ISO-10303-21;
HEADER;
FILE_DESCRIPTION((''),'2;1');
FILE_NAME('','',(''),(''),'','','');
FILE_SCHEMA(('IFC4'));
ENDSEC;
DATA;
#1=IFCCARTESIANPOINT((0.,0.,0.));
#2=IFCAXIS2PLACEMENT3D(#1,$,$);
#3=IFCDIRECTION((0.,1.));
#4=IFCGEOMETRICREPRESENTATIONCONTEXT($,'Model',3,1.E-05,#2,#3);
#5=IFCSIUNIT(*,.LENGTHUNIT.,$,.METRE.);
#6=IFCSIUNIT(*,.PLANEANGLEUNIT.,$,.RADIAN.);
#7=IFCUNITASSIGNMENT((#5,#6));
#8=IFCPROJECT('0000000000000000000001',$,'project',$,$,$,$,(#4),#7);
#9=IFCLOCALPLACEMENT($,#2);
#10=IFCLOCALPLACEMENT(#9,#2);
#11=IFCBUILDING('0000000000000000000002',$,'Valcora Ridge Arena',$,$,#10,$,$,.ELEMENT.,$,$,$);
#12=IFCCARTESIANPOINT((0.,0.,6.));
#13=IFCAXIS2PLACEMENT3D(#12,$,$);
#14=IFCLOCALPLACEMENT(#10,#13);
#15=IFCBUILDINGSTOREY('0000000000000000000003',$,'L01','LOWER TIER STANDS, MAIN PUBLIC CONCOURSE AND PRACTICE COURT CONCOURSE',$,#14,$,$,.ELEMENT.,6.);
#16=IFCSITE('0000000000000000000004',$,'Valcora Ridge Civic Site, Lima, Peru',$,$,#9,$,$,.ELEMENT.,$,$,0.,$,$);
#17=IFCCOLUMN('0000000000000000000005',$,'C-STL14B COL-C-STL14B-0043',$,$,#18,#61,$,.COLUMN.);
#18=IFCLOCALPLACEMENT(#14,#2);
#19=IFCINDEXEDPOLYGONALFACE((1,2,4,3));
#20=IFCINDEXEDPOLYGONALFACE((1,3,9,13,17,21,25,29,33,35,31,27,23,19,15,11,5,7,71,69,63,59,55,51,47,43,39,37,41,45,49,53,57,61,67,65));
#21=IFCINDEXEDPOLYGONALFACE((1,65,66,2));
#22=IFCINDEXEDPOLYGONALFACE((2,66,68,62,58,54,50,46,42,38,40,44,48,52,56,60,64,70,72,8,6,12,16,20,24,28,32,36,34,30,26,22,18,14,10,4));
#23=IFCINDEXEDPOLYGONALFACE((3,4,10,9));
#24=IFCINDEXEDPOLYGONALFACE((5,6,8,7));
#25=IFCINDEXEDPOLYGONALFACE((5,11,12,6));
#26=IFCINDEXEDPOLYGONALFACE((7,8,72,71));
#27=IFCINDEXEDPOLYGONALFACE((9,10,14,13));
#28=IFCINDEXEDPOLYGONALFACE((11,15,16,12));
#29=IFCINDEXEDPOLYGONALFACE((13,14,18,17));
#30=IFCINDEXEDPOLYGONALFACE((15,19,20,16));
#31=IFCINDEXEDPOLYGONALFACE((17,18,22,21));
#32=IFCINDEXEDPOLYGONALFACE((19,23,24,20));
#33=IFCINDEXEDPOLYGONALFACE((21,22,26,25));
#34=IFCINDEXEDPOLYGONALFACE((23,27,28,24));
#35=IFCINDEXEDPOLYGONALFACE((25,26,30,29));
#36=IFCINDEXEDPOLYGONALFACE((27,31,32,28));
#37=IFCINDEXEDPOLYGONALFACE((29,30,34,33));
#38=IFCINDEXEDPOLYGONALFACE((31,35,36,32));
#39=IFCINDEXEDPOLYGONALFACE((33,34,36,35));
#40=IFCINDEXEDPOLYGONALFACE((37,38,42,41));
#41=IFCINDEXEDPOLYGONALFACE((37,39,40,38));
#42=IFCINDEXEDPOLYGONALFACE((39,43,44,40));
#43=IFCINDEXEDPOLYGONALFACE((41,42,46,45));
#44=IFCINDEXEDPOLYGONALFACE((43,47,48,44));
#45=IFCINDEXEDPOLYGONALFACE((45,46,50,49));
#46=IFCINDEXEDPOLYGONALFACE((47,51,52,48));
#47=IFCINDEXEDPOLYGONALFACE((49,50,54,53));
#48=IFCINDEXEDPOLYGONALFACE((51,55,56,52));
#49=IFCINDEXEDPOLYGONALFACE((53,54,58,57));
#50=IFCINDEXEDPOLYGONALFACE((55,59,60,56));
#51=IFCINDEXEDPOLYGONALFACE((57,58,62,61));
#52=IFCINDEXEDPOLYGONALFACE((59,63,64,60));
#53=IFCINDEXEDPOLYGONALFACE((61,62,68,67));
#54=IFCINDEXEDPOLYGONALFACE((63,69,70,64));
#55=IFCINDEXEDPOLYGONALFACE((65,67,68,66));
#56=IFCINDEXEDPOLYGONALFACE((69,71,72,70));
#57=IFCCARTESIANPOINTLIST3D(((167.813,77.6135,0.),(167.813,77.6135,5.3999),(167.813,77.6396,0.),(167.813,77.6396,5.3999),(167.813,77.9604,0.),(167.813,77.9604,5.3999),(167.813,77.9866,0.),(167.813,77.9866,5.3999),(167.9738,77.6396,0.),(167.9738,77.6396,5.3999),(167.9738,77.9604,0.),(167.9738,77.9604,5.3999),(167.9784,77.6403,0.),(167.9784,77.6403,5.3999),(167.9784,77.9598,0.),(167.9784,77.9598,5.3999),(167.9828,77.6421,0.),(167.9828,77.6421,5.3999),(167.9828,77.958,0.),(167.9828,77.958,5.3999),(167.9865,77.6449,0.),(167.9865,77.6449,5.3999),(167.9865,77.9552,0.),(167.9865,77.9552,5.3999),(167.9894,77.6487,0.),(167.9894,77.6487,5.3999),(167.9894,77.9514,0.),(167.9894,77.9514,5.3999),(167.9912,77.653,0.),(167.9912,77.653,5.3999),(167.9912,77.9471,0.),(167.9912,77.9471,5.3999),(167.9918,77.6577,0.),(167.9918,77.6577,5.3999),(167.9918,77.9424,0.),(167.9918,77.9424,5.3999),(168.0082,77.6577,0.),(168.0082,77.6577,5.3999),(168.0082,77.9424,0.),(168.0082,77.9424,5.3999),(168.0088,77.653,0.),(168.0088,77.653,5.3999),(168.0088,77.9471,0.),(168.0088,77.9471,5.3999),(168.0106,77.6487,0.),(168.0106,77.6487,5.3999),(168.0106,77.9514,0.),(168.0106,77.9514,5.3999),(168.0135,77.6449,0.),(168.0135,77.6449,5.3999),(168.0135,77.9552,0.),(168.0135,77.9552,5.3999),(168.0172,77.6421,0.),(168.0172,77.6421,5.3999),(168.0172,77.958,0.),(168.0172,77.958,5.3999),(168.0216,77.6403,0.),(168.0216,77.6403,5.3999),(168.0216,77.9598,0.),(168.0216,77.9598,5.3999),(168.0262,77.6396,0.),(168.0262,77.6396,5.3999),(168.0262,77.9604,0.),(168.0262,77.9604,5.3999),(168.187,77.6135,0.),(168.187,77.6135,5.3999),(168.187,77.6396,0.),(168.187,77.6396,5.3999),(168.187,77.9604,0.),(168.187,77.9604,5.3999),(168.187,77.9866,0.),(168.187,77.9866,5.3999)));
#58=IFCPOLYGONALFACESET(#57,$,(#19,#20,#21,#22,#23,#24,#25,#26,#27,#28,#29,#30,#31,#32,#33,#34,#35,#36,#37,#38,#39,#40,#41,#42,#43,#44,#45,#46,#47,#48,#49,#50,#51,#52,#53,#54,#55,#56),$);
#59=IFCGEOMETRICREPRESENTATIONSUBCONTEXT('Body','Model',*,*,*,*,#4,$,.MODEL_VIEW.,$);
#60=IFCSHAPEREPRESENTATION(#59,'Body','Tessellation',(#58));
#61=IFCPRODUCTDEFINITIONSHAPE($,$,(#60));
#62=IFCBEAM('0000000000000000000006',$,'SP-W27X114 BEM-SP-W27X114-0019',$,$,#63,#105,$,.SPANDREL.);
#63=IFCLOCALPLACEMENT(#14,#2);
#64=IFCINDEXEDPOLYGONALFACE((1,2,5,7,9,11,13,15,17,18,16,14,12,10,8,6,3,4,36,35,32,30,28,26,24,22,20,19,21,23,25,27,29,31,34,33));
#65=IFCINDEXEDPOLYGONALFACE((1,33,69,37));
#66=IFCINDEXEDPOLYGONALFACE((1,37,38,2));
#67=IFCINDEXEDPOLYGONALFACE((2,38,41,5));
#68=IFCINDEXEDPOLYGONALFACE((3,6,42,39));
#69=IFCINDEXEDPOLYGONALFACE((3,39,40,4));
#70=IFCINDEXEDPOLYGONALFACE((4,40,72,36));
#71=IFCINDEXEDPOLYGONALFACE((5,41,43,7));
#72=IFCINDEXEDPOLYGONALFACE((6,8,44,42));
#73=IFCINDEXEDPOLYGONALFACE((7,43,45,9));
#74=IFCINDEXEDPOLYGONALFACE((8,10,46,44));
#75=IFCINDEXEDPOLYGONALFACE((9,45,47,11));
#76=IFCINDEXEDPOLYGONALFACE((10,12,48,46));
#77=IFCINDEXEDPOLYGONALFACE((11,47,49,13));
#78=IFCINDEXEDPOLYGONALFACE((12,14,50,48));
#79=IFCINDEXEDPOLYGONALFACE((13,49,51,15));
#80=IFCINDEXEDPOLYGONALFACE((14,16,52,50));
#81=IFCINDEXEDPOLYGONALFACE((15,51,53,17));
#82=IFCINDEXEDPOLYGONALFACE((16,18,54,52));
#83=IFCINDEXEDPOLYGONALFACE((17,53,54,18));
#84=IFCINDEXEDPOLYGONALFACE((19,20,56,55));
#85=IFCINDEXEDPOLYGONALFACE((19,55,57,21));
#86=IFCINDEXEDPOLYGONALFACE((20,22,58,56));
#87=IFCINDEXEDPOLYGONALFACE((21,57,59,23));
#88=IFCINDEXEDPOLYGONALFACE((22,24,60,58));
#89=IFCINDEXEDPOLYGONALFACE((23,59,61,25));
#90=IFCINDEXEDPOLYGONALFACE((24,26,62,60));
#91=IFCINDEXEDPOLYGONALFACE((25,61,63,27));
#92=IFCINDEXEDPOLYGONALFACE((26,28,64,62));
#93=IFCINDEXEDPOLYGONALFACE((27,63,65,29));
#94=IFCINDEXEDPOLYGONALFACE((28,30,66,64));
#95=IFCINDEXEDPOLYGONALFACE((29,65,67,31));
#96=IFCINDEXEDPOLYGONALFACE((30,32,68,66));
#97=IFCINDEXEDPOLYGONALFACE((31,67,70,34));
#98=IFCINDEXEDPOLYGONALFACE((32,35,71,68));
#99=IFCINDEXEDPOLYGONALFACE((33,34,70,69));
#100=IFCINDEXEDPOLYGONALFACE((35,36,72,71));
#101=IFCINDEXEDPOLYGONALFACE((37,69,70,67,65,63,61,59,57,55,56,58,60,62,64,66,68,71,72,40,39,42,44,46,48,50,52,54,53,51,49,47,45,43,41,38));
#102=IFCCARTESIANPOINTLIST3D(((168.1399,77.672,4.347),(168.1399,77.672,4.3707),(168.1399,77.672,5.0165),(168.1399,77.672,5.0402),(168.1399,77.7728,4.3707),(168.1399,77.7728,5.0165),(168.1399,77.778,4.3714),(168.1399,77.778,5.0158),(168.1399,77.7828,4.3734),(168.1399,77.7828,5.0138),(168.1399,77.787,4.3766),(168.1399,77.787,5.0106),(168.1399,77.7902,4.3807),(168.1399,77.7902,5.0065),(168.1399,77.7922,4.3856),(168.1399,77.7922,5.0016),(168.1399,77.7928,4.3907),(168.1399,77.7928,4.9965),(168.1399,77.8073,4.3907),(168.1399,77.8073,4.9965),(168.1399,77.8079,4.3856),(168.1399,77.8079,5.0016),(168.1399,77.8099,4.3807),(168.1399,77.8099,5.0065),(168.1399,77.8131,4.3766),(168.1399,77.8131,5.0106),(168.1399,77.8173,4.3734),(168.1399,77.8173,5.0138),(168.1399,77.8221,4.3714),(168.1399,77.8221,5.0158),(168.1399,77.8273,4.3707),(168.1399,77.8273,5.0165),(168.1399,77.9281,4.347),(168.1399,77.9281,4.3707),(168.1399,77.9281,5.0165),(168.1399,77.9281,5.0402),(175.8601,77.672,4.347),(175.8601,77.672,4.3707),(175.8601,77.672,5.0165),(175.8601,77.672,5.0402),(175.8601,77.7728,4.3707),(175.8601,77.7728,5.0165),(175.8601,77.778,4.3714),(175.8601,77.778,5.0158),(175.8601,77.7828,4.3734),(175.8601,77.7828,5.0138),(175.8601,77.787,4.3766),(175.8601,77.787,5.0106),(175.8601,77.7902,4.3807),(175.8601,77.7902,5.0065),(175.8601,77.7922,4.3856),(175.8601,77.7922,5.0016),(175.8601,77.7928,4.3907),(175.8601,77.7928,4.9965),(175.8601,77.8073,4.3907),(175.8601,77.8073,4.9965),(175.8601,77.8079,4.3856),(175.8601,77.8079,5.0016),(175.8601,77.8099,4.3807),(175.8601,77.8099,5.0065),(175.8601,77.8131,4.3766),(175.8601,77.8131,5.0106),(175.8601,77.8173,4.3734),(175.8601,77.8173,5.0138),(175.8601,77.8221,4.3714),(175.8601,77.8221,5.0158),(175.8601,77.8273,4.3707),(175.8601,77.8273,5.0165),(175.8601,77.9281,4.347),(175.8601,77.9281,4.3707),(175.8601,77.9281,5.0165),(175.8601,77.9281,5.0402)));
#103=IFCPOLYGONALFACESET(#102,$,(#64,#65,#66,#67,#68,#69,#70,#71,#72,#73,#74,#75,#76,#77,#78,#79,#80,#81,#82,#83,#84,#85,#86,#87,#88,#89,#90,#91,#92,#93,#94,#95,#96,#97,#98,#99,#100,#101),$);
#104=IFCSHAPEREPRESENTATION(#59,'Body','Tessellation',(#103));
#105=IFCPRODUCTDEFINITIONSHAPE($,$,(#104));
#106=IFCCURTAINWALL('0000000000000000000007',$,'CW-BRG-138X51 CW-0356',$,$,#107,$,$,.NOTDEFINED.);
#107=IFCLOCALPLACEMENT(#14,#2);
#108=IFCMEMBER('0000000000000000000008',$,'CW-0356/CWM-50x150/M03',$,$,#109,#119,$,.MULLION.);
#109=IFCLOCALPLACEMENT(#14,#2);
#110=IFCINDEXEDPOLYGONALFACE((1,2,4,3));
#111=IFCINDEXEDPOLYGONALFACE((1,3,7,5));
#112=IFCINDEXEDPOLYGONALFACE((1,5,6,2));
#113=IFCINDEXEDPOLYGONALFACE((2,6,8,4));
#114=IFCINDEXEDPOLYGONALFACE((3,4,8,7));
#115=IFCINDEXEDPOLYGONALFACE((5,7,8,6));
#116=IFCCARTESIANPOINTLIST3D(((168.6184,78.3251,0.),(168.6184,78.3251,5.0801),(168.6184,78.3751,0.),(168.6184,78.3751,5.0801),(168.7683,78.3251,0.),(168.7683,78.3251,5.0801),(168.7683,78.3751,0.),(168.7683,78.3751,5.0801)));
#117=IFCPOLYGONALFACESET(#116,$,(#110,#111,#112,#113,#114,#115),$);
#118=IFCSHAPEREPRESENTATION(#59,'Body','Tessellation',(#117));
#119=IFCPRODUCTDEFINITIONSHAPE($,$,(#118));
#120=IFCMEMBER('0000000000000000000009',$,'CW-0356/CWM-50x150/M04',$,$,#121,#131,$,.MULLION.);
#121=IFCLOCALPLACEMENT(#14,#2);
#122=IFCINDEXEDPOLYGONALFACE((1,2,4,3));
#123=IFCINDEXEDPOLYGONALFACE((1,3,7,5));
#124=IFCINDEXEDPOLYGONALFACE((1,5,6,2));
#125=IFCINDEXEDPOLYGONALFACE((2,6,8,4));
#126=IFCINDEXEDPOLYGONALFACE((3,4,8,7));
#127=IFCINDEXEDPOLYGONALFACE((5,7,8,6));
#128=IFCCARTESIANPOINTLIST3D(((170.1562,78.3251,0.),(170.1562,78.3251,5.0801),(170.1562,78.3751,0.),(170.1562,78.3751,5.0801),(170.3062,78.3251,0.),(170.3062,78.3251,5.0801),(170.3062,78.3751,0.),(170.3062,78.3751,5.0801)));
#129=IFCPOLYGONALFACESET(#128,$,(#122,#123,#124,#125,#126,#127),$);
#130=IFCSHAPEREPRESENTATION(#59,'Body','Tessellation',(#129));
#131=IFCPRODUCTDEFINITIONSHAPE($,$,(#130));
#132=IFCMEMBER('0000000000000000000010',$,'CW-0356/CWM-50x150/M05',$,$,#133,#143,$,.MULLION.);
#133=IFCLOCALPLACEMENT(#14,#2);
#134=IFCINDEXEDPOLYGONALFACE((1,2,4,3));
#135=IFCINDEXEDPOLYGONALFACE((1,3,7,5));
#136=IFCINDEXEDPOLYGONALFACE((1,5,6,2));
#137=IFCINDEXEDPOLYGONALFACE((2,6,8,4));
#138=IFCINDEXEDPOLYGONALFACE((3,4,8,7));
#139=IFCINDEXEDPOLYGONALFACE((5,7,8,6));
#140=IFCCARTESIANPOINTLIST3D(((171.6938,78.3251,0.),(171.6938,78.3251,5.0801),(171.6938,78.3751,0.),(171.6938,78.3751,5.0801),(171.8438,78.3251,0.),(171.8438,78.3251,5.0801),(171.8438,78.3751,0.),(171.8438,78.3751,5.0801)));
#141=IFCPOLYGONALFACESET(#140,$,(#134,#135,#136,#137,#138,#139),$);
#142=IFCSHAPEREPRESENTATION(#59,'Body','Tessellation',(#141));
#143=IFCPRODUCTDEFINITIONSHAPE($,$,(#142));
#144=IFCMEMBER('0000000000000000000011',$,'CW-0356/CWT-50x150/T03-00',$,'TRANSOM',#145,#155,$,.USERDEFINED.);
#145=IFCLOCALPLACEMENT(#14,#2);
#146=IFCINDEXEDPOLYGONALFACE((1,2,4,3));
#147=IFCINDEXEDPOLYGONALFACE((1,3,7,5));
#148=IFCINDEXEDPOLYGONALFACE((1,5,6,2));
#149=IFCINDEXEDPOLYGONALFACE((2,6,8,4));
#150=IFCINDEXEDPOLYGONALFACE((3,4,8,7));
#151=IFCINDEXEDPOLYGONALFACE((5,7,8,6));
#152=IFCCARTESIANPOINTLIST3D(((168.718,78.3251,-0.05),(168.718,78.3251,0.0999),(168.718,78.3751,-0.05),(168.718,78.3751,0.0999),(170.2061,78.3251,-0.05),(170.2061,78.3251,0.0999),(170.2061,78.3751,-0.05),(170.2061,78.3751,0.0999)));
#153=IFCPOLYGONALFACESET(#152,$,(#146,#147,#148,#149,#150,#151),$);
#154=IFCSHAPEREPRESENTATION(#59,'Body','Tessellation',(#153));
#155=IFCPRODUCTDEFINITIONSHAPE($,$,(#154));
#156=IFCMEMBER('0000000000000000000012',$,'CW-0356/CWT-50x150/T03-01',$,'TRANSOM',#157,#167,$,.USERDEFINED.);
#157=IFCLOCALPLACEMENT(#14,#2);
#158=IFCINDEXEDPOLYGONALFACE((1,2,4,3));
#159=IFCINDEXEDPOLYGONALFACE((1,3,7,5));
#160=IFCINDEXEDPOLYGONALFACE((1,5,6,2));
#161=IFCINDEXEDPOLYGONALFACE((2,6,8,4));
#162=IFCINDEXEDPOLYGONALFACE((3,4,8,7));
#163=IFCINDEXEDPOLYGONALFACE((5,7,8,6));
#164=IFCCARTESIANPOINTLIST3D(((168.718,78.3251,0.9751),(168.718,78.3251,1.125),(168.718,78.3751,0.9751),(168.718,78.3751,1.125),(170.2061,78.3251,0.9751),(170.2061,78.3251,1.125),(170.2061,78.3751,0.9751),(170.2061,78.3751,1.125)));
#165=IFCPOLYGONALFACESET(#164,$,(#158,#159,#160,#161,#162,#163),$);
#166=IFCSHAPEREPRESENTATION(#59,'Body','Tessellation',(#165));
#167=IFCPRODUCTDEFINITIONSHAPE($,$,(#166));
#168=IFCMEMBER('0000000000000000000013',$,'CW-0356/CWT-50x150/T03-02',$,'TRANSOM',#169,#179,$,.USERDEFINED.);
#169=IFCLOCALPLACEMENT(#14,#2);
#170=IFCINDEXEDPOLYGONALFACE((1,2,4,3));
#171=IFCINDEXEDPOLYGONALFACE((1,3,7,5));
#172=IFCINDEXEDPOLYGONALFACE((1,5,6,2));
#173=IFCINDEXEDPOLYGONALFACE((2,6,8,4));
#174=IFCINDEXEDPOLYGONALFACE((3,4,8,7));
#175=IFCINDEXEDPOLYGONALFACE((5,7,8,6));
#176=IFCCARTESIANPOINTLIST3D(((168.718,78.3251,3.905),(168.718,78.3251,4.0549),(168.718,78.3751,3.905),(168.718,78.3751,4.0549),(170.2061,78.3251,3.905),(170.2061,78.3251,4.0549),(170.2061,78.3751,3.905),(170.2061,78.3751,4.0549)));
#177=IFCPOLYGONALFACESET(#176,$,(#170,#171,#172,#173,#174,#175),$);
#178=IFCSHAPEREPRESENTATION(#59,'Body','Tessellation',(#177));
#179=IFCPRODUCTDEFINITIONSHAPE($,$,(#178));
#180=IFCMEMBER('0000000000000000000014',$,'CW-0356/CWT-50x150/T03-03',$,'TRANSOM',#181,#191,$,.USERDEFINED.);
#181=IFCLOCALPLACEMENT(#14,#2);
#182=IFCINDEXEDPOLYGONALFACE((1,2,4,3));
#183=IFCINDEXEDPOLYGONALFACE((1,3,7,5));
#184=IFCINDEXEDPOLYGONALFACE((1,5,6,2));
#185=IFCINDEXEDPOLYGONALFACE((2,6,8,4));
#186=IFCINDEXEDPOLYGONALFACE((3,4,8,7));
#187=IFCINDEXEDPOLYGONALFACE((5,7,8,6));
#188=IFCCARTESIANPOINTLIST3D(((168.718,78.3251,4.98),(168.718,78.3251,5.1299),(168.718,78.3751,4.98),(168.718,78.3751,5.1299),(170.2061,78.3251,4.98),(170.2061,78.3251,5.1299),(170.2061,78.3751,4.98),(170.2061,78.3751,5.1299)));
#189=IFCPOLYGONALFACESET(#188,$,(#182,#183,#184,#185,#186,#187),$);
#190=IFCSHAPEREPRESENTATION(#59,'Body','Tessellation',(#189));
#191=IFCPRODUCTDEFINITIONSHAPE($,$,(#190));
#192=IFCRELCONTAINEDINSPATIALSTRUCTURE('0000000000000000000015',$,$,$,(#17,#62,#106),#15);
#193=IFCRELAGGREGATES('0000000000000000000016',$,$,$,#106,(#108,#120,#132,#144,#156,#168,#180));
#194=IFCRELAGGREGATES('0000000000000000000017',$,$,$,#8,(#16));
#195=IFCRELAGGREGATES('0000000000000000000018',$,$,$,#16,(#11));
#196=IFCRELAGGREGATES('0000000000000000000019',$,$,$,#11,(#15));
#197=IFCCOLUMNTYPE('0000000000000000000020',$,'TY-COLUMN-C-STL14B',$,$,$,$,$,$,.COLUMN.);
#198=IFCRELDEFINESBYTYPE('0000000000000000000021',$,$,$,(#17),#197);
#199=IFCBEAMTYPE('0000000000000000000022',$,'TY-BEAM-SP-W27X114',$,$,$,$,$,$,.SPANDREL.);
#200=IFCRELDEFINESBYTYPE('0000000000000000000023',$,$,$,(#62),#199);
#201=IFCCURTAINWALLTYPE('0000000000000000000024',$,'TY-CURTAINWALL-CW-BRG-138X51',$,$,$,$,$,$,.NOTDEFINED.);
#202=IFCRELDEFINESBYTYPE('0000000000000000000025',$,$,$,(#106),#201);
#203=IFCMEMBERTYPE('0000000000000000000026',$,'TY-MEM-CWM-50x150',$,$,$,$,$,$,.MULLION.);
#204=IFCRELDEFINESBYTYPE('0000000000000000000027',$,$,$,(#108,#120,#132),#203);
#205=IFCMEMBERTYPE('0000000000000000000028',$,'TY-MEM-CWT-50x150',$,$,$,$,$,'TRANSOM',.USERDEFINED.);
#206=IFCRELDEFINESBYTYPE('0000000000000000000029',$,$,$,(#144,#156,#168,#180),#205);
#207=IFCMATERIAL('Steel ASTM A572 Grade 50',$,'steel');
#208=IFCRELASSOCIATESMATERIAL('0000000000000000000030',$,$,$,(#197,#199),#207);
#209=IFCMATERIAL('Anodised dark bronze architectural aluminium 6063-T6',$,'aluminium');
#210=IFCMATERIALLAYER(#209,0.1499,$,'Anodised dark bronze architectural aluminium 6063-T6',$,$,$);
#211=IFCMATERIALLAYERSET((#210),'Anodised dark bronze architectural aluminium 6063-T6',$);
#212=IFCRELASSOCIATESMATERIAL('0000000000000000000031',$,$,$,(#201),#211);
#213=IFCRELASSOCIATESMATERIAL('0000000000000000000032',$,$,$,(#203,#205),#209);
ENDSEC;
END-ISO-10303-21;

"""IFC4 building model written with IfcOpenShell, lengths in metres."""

from ifc_helpers import new_model, si_unit, direction, frame, origin, origin_2d, place, context, subcontext, project, spatial, rectangle, i_section, extrude, material, layer, layer_set, material_profile, profile_set, type_object, element, aggregate, save


model = new_model("IFC4")

# Units and contexts
model_context = context("Model", 3, precision=1e-05, world=origin(), true_north=direction((0.0, 1.0)))
body_context = subcontext(model_context, "Body", "Model", "MODEL_VIEW")
ifc_project = project(units=[si_unit("LENGTHUNIT", "METRE"), si_unit("PLANEANGLEUNIT", "RADIAN")], contexts=[model_context])

# Site, building, storey
site_placement = place(None, origin())
site = spatial("IfcSite", under=ifc_project, at=site_placement, Name="Valcora Ridge Civic Site, Lima, Peru", CompositionType="ELEMENT", RefElevation=0.0)
building_placement = place(site_placement, origin())
building = spatial("IfcBuilding", under=site, at=building_placement, Name="Valcora Ridge Arena", CompositionType="ELEMENT")
storey_placement = place(building_placement, frame((0.0, 0.0, 6.0)))
storey = spatial("IfcBuildingStorey", under=building, at=storey_placement, Name="L01", Description="LOWER TIER STANDS, MAIN PUBLIC CONCOURSE AND PRACTICE COURT CONCOURSE", CompositionType="ELEMENT", Elevation=6.0)

# Column
ifc_material_1 = material(Name="Steel ASTM A572 Grade 50", Category="steel")
ifc_material_profile_1 = material_profile(ifc_material_1, i_section(OverallWidth=0.374, OverallDepth=0.373, WebThickness=0.0164, FlangeThickness=0.0261, FilletRadius=0.0181, at=origin_2d()), Name="W14X132")
ifc_profile_set_1 = profile_set([ifc_material_profile_1], Name="Steel ASTM A572 Grade 50")
column_type = type_object("IfcColumnType", Name="TY-COLUMN-C-STL14B", PredefinedType="COLUMN", material=ifc_profile_set_1)
column_placement = place(storey_placement, frame((168.0, 77.8, 0.0), z_axis=(0.0, 0.0, 1.0), x_axis=(1.0, 0.0, 0.0)))
element("IfcColumn", 1, at=column_placement, inside=storey, type_object=column_type, Name="C-STL14B COL-C-STL14B-0043", PredefinedType="COLUMN", context=body_context, shape_type="SweptSolid", body=[
    extrude(i_section(OverallWidth=0.374, OverallDepth=0.373, WebThickness=0.0164, FlangeThickness=0.0261, FilletRadius=0.0181, at=origin_2d()), origin(), (0.0, 0.0, 1.0), 5.3999),
])

# Beam
ifc_material_profile_2 = material_profile(ifc_material_1, i_section(OverallWidth=0.2561, OverallDepth=0.6931, WebThickness=0.0144, FlangeThickness=0.0237, FilletRadius=0.02, at=origin_2d()), Name="W27X114")
ifc_profile_set_2 = profile_set([ifc_material_profile_2], Name="Steel ASTM A572 Grade 50")
beam_type = type_object("IfcBeamType", Name="TY-BEAM-SP-W27X114", PredefinedType="SPANDREL", material=ifc_profile_set_2)
beam_placement = place(storey_placement, frame((168.1399, 77.8, 4.6936), z_axis=(1.0, 0.0, 0.0), x_axis=(0.0, 1.0, 0.0)))
element("IfcBeam", 2, at=beam_placement, inside=storey, type_object=beam_type, Name="SP-W27X114 BEM-SP-W27X114-0019", PredefinedType="SPANDREL", context=body_context, shape_type="SweptSolid", body=[
    extrude(i_section(OverallWidth=0.2561, OverallDepth=0.6931, WebThickness=0.0144, FlangeThickness=0.0237, FilletRadius=0.02, at=origin_2d()), origin(), (0.0, 0.0, 1.0), 7.7202),
])

# Curtain wall, members
ifc_material_2 = material(Name="Anodised dark bronze architectural aluminium 6063-T6", Category="aluminium")
ifc_layer_1 = layer(ifc_material_2, 0.1499, Name="Anodised dark bronze architectural aluminium 6063-T6")
ifc_layer_set_1 = layer_set([ifc_layer_1], Name="Anodised dark bronze architectural aluminium 6063-T6")
curtain_wall_type = type_object("IfcCurtainWallType", Name="TY-CURTAINWALL-CW-BRG-138X51", PredefinedType="NOTDEFINED", material=ifc_layer_set_1)
curtain_wall_placement = place(storey_placement, origin())
curtain_wall = element("IfcCurtainWall", 3, at=curtain_wall_placement, inside=storey, type_object=curtain_wall_type, Name="CW-BRG-138X51 CW-0356", PredefinedType="NOTDEFINED")
ifc_material_profile_3 = material_profile(ifc_material_2, rectangle(XDim=0.05, YDim=0.1499, at=origin_2d()), Name="ALU MULLION 50x150")
ifc_profile_set_3 = profile_set([ifc_material_profile_3], Name="Anodised dark bronze architectural aluminium 6063-T6")
member_type_1 = type_object("IfcMemberType", Name="TY-MEM-CWM-50x150", PredefinedType="MULLION", material=ifc_profile_set_3)
member_1_placement = place(storey_placement, frame((168.6934, 78.3501, 0.0), z_axis=(0.0, 0.0, 1.0), x_axis=(0.0, 1.0, 0.0)))
member_1 = element("IfcMember", 4, at=member_1_placement, type_object=member_type_1, Name="CW-0356/CWM-50x150/M03", PredefinedType="MULLION", context=body_context, shape_type="SweptSolid", body=[
    extrude(rectangle(XDim=0.05, YDim=0.1499, at=origin_2d()), origin(), (0.0, 0.0, 1.0), 5.0801),
])
member_2_placement = place(storey_placement, frame((170.2312, 78.3501, 0.0), z_axis=(0.0, 0.0, 1.0), x_axis=(0.0, 1.0, 0.0)))
member_2 = element("IfcMember", 5, at=member_2_placement, type_object=member_type_1, Name="CW-0356/CWM-50x150/M04", PredefinedType="MULLION", context=body_context, shape_type="SweptSolid", body=[
    extrude(rectangle(XDim=0.05, YDim=0.1499, at=origin_2d()), origin(), (0.0, 0.0, 1.0), 5.0801),
])
member_3_placement = place(storey_placement, frame((171.7688, 78.3501, 0.0), z_axis=(0.0, 0.0, 1.0), x_axis=(0.0, 1.0, 0.0)))
member_3 = element("IfcMember", 6, at=member_3_placement, type_object=member_type_1, Name="CW-0356/CWM-50x150/M05", PredefinedType="MULLION", context=body_context, shape_type="SweptSolid", body=[
    extrude(rectangle(XDim=0.05, YDim=0.1499, at=origin_2d()), origin(), (0.0, 0.0, 1.0), 5.0801),
])
ifc_material_profile_4 = material_profile(ifc_material_2, rectangle(XDim=0.05, YDim=0.1499, at=origin_2d()), Name="ALU TRANSOM 50x150")
ifc_profile_set_4 = profile_set([ifc_material_profile_4], Name="Anodised dark bronze architectural aluminium 6063-T6")
member_type_2 = type_object("IfcMemberType", Name="TY-MEM-CWT-50x150", ElementType="TRANSOM", PredefinedType="USERDEFINED", material=ifc_profile_set_4)
member_4_placement = place(storey_placement, frame((168.718, 78.3501, 0.0249), z_axis=(1.0, 0.0, 0.0), x_axis=(0.0, 1.0, 0.0)))
member_4 = element("IfcMember", 7, at=member_4_placement, type_object=member_type_2, Name="CW-0356/CWT-50x150/T03-00", ObjectType="TRANSOM", PredefinedType="USERDEFINED", context=body_context, shape_type="SweptSolid", body=[
    extrude(rectangle(XDim=0.05, YDim=0.1499, at=origin_2d()), origin(), (0.0, 0.0, 1.0), 1.488),
])
member_5_placement = place(storey_placement, frame((168.718, 78.3501, 1.05), z_axis=(1.0, 0.0, 0.0), x_axis=(0.0, 1.0, 0.0)))
member_5 = element("IfcMember", 8, at=member_5_placement, type_object=member_type_2, Name="CW-0356/CWT-50x150/T03-01", ObjectType="TRANSOM", PredefinedType="USERDEFINED", context=body_context, shape_type="SweptSolid", body=[
    extrude(rectangle(XDim=0.05, YDim=0.1499, at=origin_2d()), origin(), (0.0, 0.0, 1.0), 1.488),
])
member_6_placement = place(storey_placement, frame((168.718, 78.3501, 3.98), z_axis=(1.0, 0.0, 0.0), x_axis=(0.0, 1.0, 0.0)))
member_6 = element("IfcMember", 9, at=member_6_placement, type_object=member_type_2, Name="CW-0356/CWT-50x150/T03-02", ObjectType="TRANSOM", PredefinedType="USERDEFINED", context=body_context, shape_type="SweptSolid", body=[
    extrude(rectangle(XDim=0.05, YDim=0.1499, at=origin_2d()), origin(), (0.0, 0.0, 1.0), 1.488),
])
member_7_placement = place(storey_placement, frame((168.718, 78.3501, 5.0549), z_axis=(1.0, 0.0, 0.0), x_axis=(0.0, 1.0, 0.0)))
member_7 = element("IfcMember", 10, at=member_7_placement, type_object=member_type_2, Name="CW-0356/CWT-50x150/T03-03", ObjectType="TRANSOM", PredefinedType="USERDEFINED", context=body_context, shape_type="SweptSolid", body=[
    extrude(rectangle(XDim=0.05, YDim=0.1499, at=origin_2d()), origin(), (0.0, 0.0, 1.0), 1.488),
])
aggregate(curtain_wall, [member_1, member_2, member_3, member_4, member_5, member_6, member_7])

save(model, "model.ifc")
